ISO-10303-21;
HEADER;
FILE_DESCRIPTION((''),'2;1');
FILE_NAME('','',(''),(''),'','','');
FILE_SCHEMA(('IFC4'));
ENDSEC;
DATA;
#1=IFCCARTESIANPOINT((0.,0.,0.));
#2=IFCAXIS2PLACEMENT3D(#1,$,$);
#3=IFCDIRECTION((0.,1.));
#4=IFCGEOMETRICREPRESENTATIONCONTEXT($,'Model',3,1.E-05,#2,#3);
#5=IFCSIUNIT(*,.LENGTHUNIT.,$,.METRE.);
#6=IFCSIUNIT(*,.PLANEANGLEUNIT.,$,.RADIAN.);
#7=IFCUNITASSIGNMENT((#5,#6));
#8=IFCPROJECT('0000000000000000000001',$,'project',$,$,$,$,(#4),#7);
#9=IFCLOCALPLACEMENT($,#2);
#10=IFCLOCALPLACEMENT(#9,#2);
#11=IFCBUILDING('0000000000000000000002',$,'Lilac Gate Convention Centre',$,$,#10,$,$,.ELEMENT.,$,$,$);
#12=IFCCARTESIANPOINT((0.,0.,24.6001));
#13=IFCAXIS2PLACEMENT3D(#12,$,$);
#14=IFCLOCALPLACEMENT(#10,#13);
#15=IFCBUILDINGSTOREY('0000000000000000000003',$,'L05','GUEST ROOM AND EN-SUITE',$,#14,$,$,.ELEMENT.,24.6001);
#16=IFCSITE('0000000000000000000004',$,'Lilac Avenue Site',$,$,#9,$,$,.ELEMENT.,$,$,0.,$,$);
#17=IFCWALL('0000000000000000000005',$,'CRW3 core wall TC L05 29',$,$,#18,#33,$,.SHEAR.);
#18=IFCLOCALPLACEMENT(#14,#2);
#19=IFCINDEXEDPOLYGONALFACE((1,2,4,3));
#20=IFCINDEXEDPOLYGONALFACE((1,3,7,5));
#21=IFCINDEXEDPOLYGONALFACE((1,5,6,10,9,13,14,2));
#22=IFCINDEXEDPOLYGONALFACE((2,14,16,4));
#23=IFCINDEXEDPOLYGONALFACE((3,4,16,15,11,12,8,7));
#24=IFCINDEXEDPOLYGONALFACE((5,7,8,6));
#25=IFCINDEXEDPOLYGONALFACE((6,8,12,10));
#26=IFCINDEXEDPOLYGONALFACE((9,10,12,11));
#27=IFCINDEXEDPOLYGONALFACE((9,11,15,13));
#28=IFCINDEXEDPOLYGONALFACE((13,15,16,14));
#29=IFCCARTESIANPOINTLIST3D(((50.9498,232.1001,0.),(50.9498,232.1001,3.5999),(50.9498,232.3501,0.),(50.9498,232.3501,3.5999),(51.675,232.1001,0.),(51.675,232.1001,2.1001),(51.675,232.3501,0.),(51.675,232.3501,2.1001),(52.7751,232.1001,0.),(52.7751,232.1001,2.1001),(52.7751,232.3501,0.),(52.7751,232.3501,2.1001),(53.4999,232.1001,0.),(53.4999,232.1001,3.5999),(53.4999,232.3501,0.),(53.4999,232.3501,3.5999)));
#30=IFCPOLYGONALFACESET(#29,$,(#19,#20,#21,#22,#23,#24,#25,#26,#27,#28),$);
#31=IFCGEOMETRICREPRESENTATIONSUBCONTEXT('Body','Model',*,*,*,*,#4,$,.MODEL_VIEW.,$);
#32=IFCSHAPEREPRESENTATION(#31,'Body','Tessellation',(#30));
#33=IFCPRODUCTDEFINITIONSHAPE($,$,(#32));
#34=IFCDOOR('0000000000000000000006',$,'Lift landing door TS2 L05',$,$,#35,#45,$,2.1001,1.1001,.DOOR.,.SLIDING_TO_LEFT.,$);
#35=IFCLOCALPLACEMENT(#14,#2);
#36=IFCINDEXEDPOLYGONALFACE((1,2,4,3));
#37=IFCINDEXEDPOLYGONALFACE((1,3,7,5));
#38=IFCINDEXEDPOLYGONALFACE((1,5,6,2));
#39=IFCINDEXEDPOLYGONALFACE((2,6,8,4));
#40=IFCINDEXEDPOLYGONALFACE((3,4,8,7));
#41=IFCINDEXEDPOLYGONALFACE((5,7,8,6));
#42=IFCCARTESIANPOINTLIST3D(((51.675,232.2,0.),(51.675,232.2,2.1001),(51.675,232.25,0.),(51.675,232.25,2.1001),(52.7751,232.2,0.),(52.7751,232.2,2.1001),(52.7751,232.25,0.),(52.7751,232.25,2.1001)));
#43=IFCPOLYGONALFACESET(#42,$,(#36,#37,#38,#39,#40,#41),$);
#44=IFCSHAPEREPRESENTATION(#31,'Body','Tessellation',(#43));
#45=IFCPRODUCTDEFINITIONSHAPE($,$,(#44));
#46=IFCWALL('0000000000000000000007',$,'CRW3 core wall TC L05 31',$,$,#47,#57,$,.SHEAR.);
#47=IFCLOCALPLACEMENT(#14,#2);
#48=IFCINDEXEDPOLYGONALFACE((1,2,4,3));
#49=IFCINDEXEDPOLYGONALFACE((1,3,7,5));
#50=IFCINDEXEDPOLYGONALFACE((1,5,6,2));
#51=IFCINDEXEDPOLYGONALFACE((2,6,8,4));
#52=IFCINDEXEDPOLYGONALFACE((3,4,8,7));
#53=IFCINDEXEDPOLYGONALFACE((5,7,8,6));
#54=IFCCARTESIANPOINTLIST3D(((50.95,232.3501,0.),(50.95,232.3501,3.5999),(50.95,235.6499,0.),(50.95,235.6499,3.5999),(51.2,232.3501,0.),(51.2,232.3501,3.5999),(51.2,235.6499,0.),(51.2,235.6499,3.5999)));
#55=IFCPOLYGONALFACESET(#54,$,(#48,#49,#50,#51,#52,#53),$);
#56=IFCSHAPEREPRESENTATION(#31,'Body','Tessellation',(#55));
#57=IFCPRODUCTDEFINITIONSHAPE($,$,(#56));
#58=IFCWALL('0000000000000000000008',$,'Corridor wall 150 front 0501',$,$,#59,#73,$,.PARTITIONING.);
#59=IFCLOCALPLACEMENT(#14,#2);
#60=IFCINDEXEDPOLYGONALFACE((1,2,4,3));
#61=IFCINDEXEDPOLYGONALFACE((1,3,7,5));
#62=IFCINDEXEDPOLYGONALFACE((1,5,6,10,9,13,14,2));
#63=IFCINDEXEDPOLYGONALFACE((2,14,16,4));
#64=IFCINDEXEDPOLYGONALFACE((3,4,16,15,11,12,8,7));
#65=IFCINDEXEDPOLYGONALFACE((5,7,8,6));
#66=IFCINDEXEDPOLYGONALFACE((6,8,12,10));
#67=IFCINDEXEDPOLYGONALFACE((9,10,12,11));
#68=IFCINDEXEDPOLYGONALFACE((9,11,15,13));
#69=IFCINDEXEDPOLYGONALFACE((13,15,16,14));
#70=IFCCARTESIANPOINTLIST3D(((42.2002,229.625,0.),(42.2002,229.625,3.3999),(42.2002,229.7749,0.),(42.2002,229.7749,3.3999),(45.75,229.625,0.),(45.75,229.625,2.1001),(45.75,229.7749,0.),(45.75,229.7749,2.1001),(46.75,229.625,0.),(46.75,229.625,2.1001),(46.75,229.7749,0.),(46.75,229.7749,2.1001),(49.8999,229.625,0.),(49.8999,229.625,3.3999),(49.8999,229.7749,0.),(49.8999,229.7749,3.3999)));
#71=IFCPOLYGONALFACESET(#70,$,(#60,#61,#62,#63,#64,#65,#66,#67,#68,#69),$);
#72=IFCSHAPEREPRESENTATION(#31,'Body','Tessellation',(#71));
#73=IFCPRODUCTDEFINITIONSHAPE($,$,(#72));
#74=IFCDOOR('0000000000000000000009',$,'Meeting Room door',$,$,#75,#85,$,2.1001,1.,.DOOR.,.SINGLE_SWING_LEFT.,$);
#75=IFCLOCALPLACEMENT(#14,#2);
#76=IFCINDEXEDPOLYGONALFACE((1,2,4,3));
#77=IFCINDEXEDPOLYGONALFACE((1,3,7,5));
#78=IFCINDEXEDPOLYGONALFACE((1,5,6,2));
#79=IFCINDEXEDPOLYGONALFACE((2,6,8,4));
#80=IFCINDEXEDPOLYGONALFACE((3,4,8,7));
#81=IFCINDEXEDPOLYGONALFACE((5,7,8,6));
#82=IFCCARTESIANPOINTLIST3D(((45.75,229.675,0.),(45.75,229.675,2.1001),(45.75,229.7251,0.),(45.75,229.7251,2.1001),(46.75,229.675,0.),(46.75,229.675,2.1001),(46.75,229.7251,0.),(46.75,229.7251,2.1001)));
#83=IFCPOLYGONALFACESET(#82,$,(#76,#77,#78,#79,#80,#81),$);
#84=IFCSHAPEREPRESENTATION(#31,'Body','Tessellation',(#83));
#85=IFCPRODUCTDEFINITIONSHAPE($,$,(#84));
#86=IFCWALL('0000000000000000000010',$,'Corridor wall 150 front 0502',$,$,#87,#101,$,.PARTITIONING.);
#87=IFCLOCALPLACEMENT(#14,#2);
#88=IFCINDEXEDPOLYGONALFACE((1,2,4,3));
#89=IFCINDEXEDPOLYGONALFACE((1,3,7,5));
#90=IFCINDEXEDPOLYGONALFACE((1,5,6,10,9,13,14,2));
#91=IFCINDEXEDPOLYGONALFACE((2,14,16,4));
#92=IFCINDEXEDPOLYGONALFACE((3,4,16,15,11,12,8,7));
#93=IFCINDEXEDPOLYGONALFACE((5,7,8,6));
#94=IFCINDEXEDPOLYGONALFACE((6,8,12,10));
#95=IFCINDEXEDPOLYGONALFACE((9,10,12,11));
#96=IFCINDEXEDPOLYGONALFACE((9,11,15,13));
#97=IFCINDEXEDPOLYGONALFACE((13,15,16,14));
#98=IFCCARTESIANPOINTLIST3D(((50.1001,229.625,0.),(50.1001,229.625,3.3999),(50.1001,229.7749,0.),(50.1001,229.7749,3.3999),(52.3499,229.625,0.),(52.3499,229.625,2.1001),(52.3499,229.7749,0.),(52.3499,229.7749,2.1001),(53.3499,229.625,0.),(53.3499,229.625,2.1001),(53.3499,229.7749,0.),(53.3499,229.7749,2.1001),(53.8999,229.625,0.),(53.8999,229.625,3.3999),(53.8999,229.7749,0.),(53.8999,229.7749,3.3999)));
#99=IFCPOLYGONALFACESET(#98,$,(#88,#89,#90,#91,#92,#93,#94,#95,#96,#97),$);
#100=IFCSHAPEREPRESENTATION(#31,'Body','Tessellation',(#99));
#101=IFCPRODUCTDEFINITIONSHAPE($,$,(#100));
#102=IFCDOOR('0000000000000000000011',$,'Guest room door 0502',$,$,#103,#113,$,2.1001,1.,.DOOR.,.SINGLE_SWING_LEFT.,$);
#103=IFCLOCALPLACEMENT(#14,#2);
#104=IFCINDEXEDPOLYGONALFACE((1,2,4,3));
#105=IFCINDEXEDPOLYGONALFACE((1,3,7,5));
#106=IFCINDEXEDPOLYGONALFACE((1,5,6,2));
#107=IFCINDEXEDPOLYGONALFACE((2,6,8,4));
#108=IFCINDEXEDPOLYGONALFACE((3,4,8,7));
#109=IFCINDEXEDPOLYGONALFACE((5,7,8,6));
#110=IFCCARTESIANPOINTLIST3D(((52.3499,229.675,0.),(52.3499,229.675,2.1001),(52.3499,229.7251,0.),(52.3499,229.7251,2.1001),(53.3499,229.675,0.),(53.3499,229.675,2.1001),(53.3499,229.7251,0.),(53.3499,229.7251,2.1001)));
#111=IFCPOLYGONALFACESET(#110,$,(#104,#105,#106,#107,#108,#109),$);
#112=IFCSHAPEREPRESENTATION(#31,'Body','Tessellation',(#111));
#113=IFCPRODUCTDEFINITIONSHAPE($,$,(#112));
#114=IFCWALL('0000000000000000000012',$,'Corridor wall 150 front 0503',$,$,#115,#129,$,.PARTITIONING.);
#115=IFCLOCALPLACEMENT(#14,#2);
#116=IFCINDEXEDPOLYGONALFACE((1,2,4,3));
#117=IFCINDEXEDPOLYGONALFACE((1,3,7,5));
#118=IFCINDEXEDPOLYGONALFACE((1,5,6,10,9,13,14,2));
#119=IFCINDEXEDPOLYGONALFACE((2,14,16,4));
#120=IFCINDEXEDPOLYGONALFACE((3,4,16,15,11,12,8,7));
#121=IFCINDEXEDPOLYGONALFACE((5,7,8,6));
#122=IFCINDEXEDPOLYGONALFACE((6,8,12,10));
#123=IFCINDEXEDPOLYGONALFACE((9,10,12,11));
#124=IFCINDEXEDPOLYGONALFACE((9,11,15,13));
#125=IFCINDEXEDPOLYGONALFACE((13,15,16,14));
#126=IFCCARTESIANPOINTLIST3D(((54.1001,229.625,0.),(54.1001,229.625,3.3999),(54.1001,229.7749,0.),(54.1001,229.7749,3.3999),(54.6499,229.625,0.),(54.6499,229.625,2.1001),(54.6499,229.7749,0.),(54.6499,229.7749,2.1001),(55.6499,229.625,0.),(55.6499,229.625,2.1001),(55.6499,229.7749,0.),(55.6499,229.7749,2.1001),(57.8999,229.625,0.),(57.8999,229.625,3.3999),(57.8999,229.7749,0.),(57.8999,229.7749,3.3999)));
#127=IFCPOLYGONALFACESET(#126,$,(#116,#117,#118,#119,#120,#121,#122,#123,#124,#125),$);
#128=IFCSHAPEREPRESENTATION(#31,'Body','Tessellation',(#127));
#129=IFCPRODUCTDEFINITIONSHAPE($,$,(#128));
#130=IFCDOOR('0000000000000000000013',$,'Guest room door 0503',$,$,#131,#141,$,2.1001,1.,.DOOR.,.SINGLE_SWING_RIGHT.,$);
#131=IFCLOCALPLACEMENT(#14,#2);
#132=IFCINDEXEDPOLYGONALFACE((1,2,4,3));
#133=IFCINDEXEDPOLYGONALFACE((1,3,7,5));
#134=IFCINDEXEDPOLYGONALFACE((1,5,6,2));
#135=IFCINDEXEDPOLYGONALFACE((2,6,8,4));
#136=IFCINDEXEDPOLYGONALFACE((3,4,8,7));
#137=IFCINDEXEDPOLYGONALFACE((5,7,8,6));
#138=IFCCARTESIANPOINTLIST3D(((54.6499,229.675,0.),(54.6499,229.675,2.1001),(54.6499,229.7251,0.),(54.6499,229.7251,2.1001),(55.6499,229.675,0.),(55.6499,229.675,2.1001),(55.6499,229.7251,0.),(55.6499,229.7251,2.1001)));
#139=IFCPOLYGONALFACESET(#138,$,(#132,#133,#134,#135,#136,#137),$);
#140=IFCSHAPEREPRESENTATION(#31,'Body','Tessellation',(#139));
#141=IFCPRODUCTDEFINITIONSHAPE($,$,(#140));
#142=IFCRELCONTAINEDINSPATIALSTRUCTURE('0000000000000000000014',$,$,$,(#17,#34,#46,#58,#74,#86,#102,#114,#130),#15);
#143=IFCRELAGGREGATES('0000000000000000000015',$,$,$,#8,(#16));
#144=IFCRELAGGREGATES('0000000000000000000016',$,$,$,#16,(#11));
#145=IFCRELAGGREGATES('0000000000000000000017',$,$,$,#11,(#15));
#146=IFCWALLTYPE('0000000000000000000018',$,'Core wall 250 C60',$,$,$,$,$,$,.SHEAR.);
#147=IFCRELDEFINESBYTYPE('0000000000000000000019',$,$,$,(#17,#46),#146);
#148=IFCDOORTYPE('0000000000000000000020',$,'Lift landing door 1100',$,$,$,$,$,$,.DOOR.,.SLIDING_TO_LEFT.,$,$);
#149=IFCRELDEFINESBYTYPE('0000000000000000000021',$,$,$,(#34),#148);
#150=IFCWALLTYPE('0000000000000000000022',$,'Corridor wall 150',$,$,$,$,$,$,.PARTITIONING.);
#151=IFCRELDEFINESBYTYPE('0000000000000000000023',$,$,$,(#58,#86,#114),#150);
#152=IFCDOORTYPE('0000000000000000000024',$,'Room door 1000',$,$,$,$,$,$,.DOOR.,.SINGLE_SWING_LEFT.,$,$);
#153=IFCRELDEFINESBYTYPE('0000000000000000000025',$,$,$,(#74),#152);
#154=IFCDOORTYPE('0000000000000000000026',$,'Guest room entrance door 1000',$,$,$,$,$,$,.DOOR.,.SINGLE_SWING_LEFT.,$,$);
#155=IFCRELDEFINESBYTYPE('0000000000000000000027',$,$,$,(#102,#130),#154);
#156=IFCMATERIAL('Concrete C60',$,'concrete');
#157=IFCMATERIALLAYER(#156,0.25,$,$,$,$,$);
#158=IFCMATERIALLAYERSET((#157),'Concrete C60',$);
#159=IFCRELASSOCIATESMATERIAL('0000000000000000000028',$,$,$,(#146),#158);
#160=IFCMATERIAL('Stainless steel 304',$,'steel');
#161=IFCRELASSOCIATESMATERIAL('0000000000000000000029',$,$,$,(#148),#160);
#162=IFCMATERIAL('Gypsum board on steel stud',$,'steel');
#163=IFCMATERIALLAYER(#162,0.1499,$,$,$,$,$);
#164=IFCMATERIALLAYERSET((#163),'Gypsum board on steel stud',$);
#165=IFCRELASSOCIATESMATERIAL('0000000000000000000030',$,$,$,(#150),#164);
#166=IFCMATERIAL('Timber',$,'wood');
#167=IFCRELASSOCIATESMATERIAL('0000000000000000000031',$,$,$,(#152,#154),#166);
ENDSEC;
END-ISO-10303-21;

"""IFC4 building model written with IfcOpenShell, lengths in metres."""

from ifc_helpers import new_model, si_unit, direction, frame, frame_2d, origin, place, context, subcontext, project, spatial, rectangle, extrude, material, layer, layer_set, type_object, element, fill, save


model = new_model("IFC4")

# Units and contexts
model_context = context("Model", 3, precision=1e-05, world=origin(), true_north=direction((0.0, 1.0)))
body_context = subcontext(model_context, "Body", "Model", "MODEL_VIEW")
ifc_project = project(units=[si_unit("LENGTHUNIT", "METRE"), si_unit("PLANEANGLEUNIT", "RADIAN")], contexts=[model_context])

# Site, building, storey
site_placement = place(None, origin())
site = spatial("IfcSite", under=ifc_project, at=site_placement, Name="Lilac Avenue Site", CompositionType="ELEMENT", RefElevation=0.0)
building_placement = place(site_placement, origin())
building = spatial("IfcBuilding", under=site, at=building_placement, Name="Lilac Gate Convention Centre", CompositionType="ELEMENT")
storey_placement = place(building_placement, frame((0.0, 0.0, 24.6001)))
storey = spatial("IfcBuildingStorey", under=building, at=storey_placement, Name="L05", Description="GUEST ROOM AND EN-SUITE", CompositionType="ELEMENT", Elevation=24.6001)

# Shared definitions
ifc_material_1 = material(Name="Concrete C60", Category="concrete")
ifc_layer_1 = layer(ifc_material_1, 0.25)
ifc_layer_set_1 = layer_set([ifc_layer_1], Name="Concrete C60")
wall_type_1 = type_object("IfcWallType", Name="Core wall 250 C60", PredefinedType="SHEAR", material=ifc_layer_set_1)
ifc_material_2 = material(Name="Stainless steel 304", Category="steel")
door_type_1 = type_object("IfcDoorType", Name="Lift landing door 1100", OperationType="SLIDING_TO_LEFT", PredefinedType="DOOR", material=ifc_material_2)

# Wall, opening, door
wall_1_placement = place(storey_placement, frame((50.95, 232.2251, 0.0), z_axis=(0.0, 0.0, 1.0), x_axis=(1.0, 0.0, 0.0)))
wall_1 = element("IfcWall", 1, at=wall_1_placement, inside=storey, type_object=wall_type_1, Name="CRW3 core wall TC L05 29", PredefinedType="SHEAR", context=body_context, shape_type="SweptSolid", body=[
    extrude(rectangle(XDim=2.55, YDim=0.25, at=frame_2d((1.2749, 0.0))), origin(), (0.0, 0.0, 1.0), 3.5999),
])
opening_1_placement = place(wall_1_placement, frame((0.7251, 0.0, 0.0)))
opening_1 = element("IfcOpeningElement", 2, at=opening_1_placement, cuts=wall_1, PredefinedType="OPENING", context=body_context, shape_type="SweptSolid", body=[
    extrude(rectangle(XDim=1.1001, YDim=2.1001, at=frame_2d((0.55, 1.05))), frame((0.0, 0.135, 0.0), z_axis=(0.0, -1.0, 0.0), x_axis=(1.0, 0.0, 0.0)), (0.0, 0.0, 1.0), 0.27),
])
door_1_placement = place(opening_1_placement, origin())
door_1 = element("IfcDoor", 3, at=door_1_placement, inside=storey, type_object=door_type_1, Name="Lift landing door TS2 L05", OperationType="SLIDING_TO_LEFT", OverallHeight=2.1001, OverallWidth=1.1001, PredefinedType="DOOR", context=body_context, shape_type="SweptSolid", body=[
    extrude(rectangle(XDim=1.1001, YDim=2.1001, at=frame_2d((0.55, 1.05))), frame((0.0, 0.0249, 0.0), z_axis=(0.0, -1.0, 0.0), x_axis=(1.0, 0.0, 0.0)), (0.0, 0.0, 1.0), 0.05),
])
fill(opening_1, door_1)

# Wall
wall_2_placement = place(storey_placement, frame((51.075, 232.3501, 0.0), z_axis=(0.0, 0.0, 1.0), x_axis=(0.0, 1.0, 0.0)))
element("IfcWall", 4, at=wall_2_placement, inside=storey, type_object=wall_type_1, Name="CRW3 core wall TC L05 31", PredefinedType="SHEAR", context=body_context, shape_type="SweptSolid", body=[
    extrude(rectangle(XDim=3.2998, YDim=0.25, at=frame_2d((1.6499, 0.0))), origin(), (0.0, 0.0, 1.0), 3.5999),
])

# Walls, openings, doors
ifc_material_3 = material(Name="Gypsum board on steel stud", Category="steel")
ifc_layer_2 = layer(ifc_material_3, 0.1499)
ifc_layer_set_2 = layer_set([ifc_layer_2], Name="Gypsum board on steel stud")
wall_type_2 = type_object("IfcWallType", Name="Corridor wall 150", PredefinedType="PARTITIONING", material=ifc_layer_set_2)
wall_3_placement = place(storey_placement, frame((49.8999, 229.7, 0.0), z_axis=(0.0, 0.0, 1.0), x_axis=(-1.0, 0.0, 0.0)))
wall_3 = element("IfcWall", 5, at=wall_3_placement, inside=storey, type_object=wall_type_2, Name="Corridor wall 150 front 0501", PredefinedType="PARTITIONING", context=body_context, shape_type="SweptSolid", body=[
    extrude(rectangle(XDim=7.6997, YDim=0.1499, at=frame_2d((3.8499, 0.0))), origin(), (0.0, 0.0, 1.0), 3.3999),
])
opening_2_placement = place(wall_3_placement, frame((3.1499, 0.0, 0.0)))
opening_2 = element("IfcOpeningElement", 6, at=opening_2_placement, cuts=wall_3, PredefinedType="OPENING", context=body_context, shape_type="SweptSolid", body=[
    extrude(rectangle(XDim=1.0, YDim=2.1001, at=frame_2d((0.5, 1.05))), frame((0.0, 0.085, 0.0), z_axis=(0.0, -1.0, 0.0), x_axis=(1.0, 0.0, 0.0)), (0.0, 0.0, 1.0), 0.1699),
])
ifc_material_4 = material(Name="Timber", Category="wood")
door_type_2 = type_object("IfcDoorType", Name="Room door 1000", OperationType="SINGLE_SWING_LEFT", PredefinedType="DOOR", material=ifc_material_4)
door_2_placement = place(opening_2_placement, origin())
door_2 = element("IfcDoor", 7, at=door_2_placement, inside=storey, type_object=door_type_2, Name="Meeting Room door", OperationType="SINGLE_SWING_LEFT", OverallHeight=2.1001, OverallWidth=1.0, PredefinedType="DOOR", context=body_context, shape_type="SweptSolid", body=[
    extrude(rectangle(XDim=1.0, YDim=2.1001, at=frame_2d((0.5, 1.05))), frame((0.0, 0.0249, 0.0), z_axis=(0.0, -1.0, 0.0), x_axis=(1.0, 0.0, 0.0)), (0.0, 0.0, 1.0), 0.05),
])
fill(opening_2, door_2)
wall_4_placement = place(storey_placement, frame((53.8999, 229.7, 0.0), z_axis=(0.0, 0.0, 1.0), x_axis=(-1.0, 0.0, 0.0)))
wall_4 = element("IfcWall", 8, at=wall_4_placement, inside=storey, type_object=wall_type_2, Name="Corridor wall 150 front 0502", PredefinedType="PARTITIONING", context=body_context, shape_type="SweptSolid", body=[
    extrude(rectangle(XDim=3.7998, YDim=0.1499, at=frame_2d((1.8999, 0.0))), origin(), (0.0, 0.0, 1.0), 3.3999),
])
opening_3_placement = place(wall_4_placement, frame((0.55, 0.0, 0.0)))
opening_3 = element("IfcOpeningElement", 9, at=opening_3_placement, cuts=wall_4, PredefinedType="OPENING", context=body_context, shape_type="SweptSolid", body=[
    extrude(rectangle(XDim=1.0, YDim=2.1001, at=frame_2d((0.5, 1.05))), frame((0.0, 0.085, 0.0), z_axis=(0.0, -1.0, 0.0), x_axis=(1.0, 0.0, 0.0)), (0.0, 0.0, 1.0), 0.1699),
])
door_type_3 = type_object("IfcDoorType", Name="Guest room entrance door 1000", OperationType="SINGLE_SWING_LEFT", PredefinedType="DOOR", material=ifc_material_4)
door_3_placement = place(opening_3_placement, origin())
door_3 = element("IfcDoor", 10, at=door_3_placement, inside=storey, type_object=door_type_3, Name="Guest room door 0502", OperationType="SINGLE_SWING_LEFT", OverallHeight=2.1001, OverallWidth=1.0, PredefinedType="DOOR", context=body_context, shape_type="SweptSolid", body=[
    extrude(rectangle(XDim=1.0, YDim=2.1001, at=frame_2d((0.5, 1.05))), frame((0.0, 0.0249, 0.0), z_axis=(0.0, -1.0, 0.0), x_axis=(1.0, 0.0, 0.0)), (0.0, 0.0, 1.0), 0.05),
])
fill(opening_3, door_3)
wall_5_placement = place(storey_placement, frame((57.8999, 229.7, 0.0), z_axis=(0.0, 0.0, 1.0), x_axis=(-1.0, 0.0, 0.0)))
wall_5 = element("IfcWall", 11, at=wall_5_placement, inside=storey, type_object=wall_type_2, Name="Corridor wall 150 front 0503", PredefinedType="PARTITIONING", context=body_context, shape_type="SweptSolid", body=[
    extrude(rectangle(XDim=3.7998, YDim=0.1499, at=frame_2d((1.8999, 0.0))), origin(), (0.0, 0.0, 1.0), 3.3999),
])
opening_4_placement = place(wall_5_placement, frame((2.25, 0.0, 0.0)))
opening_4 = element("IfcOpeningElement", 12, at=opening_4_placement, cuts=wall_5, PredefinedType="OPENING", context=body_context, shape_type="SweptSolid", body=[
    extrude(rectangle(XDim=1.0, YDim=2.1001, at=frame_2d((0.5, 1.05))), frame((0.0, 0.085, 0.0), z_axis=(0.0, -1.0, 0.0), x_axis=(1.0, 0.0, 0.0)), (0.0, 0.0, 1.0), 0.1699),
])
door_4_placement = place(opening_4_placement, origin())
door_4 = element("IfcDoor", 13, at=door_4_placement, inside=storey, type_object=door_type_3, Name="Guest room door 0503", OperationType="SINGLE_SWING_RIGHT", OverallHeight=2.1001, OverallWidth=1.0, PredefinedType="DOOR", context=body_context, shape_type="SweptSolid", body=[
    extrude(rectangle(XDim=1.0, YDim=2.1001, at=frame_2d((0.5, 1.05))), frame((0.0, 0.0249, 0.0), z_axis=(0.0, -1.0, 0.0), x_axis=(1.0, 0.0, 0.0)), (0.0, 0.0, 1.0), 0.05),
])
fill(opening_4, door_4)

save(model, "model.ifc")
